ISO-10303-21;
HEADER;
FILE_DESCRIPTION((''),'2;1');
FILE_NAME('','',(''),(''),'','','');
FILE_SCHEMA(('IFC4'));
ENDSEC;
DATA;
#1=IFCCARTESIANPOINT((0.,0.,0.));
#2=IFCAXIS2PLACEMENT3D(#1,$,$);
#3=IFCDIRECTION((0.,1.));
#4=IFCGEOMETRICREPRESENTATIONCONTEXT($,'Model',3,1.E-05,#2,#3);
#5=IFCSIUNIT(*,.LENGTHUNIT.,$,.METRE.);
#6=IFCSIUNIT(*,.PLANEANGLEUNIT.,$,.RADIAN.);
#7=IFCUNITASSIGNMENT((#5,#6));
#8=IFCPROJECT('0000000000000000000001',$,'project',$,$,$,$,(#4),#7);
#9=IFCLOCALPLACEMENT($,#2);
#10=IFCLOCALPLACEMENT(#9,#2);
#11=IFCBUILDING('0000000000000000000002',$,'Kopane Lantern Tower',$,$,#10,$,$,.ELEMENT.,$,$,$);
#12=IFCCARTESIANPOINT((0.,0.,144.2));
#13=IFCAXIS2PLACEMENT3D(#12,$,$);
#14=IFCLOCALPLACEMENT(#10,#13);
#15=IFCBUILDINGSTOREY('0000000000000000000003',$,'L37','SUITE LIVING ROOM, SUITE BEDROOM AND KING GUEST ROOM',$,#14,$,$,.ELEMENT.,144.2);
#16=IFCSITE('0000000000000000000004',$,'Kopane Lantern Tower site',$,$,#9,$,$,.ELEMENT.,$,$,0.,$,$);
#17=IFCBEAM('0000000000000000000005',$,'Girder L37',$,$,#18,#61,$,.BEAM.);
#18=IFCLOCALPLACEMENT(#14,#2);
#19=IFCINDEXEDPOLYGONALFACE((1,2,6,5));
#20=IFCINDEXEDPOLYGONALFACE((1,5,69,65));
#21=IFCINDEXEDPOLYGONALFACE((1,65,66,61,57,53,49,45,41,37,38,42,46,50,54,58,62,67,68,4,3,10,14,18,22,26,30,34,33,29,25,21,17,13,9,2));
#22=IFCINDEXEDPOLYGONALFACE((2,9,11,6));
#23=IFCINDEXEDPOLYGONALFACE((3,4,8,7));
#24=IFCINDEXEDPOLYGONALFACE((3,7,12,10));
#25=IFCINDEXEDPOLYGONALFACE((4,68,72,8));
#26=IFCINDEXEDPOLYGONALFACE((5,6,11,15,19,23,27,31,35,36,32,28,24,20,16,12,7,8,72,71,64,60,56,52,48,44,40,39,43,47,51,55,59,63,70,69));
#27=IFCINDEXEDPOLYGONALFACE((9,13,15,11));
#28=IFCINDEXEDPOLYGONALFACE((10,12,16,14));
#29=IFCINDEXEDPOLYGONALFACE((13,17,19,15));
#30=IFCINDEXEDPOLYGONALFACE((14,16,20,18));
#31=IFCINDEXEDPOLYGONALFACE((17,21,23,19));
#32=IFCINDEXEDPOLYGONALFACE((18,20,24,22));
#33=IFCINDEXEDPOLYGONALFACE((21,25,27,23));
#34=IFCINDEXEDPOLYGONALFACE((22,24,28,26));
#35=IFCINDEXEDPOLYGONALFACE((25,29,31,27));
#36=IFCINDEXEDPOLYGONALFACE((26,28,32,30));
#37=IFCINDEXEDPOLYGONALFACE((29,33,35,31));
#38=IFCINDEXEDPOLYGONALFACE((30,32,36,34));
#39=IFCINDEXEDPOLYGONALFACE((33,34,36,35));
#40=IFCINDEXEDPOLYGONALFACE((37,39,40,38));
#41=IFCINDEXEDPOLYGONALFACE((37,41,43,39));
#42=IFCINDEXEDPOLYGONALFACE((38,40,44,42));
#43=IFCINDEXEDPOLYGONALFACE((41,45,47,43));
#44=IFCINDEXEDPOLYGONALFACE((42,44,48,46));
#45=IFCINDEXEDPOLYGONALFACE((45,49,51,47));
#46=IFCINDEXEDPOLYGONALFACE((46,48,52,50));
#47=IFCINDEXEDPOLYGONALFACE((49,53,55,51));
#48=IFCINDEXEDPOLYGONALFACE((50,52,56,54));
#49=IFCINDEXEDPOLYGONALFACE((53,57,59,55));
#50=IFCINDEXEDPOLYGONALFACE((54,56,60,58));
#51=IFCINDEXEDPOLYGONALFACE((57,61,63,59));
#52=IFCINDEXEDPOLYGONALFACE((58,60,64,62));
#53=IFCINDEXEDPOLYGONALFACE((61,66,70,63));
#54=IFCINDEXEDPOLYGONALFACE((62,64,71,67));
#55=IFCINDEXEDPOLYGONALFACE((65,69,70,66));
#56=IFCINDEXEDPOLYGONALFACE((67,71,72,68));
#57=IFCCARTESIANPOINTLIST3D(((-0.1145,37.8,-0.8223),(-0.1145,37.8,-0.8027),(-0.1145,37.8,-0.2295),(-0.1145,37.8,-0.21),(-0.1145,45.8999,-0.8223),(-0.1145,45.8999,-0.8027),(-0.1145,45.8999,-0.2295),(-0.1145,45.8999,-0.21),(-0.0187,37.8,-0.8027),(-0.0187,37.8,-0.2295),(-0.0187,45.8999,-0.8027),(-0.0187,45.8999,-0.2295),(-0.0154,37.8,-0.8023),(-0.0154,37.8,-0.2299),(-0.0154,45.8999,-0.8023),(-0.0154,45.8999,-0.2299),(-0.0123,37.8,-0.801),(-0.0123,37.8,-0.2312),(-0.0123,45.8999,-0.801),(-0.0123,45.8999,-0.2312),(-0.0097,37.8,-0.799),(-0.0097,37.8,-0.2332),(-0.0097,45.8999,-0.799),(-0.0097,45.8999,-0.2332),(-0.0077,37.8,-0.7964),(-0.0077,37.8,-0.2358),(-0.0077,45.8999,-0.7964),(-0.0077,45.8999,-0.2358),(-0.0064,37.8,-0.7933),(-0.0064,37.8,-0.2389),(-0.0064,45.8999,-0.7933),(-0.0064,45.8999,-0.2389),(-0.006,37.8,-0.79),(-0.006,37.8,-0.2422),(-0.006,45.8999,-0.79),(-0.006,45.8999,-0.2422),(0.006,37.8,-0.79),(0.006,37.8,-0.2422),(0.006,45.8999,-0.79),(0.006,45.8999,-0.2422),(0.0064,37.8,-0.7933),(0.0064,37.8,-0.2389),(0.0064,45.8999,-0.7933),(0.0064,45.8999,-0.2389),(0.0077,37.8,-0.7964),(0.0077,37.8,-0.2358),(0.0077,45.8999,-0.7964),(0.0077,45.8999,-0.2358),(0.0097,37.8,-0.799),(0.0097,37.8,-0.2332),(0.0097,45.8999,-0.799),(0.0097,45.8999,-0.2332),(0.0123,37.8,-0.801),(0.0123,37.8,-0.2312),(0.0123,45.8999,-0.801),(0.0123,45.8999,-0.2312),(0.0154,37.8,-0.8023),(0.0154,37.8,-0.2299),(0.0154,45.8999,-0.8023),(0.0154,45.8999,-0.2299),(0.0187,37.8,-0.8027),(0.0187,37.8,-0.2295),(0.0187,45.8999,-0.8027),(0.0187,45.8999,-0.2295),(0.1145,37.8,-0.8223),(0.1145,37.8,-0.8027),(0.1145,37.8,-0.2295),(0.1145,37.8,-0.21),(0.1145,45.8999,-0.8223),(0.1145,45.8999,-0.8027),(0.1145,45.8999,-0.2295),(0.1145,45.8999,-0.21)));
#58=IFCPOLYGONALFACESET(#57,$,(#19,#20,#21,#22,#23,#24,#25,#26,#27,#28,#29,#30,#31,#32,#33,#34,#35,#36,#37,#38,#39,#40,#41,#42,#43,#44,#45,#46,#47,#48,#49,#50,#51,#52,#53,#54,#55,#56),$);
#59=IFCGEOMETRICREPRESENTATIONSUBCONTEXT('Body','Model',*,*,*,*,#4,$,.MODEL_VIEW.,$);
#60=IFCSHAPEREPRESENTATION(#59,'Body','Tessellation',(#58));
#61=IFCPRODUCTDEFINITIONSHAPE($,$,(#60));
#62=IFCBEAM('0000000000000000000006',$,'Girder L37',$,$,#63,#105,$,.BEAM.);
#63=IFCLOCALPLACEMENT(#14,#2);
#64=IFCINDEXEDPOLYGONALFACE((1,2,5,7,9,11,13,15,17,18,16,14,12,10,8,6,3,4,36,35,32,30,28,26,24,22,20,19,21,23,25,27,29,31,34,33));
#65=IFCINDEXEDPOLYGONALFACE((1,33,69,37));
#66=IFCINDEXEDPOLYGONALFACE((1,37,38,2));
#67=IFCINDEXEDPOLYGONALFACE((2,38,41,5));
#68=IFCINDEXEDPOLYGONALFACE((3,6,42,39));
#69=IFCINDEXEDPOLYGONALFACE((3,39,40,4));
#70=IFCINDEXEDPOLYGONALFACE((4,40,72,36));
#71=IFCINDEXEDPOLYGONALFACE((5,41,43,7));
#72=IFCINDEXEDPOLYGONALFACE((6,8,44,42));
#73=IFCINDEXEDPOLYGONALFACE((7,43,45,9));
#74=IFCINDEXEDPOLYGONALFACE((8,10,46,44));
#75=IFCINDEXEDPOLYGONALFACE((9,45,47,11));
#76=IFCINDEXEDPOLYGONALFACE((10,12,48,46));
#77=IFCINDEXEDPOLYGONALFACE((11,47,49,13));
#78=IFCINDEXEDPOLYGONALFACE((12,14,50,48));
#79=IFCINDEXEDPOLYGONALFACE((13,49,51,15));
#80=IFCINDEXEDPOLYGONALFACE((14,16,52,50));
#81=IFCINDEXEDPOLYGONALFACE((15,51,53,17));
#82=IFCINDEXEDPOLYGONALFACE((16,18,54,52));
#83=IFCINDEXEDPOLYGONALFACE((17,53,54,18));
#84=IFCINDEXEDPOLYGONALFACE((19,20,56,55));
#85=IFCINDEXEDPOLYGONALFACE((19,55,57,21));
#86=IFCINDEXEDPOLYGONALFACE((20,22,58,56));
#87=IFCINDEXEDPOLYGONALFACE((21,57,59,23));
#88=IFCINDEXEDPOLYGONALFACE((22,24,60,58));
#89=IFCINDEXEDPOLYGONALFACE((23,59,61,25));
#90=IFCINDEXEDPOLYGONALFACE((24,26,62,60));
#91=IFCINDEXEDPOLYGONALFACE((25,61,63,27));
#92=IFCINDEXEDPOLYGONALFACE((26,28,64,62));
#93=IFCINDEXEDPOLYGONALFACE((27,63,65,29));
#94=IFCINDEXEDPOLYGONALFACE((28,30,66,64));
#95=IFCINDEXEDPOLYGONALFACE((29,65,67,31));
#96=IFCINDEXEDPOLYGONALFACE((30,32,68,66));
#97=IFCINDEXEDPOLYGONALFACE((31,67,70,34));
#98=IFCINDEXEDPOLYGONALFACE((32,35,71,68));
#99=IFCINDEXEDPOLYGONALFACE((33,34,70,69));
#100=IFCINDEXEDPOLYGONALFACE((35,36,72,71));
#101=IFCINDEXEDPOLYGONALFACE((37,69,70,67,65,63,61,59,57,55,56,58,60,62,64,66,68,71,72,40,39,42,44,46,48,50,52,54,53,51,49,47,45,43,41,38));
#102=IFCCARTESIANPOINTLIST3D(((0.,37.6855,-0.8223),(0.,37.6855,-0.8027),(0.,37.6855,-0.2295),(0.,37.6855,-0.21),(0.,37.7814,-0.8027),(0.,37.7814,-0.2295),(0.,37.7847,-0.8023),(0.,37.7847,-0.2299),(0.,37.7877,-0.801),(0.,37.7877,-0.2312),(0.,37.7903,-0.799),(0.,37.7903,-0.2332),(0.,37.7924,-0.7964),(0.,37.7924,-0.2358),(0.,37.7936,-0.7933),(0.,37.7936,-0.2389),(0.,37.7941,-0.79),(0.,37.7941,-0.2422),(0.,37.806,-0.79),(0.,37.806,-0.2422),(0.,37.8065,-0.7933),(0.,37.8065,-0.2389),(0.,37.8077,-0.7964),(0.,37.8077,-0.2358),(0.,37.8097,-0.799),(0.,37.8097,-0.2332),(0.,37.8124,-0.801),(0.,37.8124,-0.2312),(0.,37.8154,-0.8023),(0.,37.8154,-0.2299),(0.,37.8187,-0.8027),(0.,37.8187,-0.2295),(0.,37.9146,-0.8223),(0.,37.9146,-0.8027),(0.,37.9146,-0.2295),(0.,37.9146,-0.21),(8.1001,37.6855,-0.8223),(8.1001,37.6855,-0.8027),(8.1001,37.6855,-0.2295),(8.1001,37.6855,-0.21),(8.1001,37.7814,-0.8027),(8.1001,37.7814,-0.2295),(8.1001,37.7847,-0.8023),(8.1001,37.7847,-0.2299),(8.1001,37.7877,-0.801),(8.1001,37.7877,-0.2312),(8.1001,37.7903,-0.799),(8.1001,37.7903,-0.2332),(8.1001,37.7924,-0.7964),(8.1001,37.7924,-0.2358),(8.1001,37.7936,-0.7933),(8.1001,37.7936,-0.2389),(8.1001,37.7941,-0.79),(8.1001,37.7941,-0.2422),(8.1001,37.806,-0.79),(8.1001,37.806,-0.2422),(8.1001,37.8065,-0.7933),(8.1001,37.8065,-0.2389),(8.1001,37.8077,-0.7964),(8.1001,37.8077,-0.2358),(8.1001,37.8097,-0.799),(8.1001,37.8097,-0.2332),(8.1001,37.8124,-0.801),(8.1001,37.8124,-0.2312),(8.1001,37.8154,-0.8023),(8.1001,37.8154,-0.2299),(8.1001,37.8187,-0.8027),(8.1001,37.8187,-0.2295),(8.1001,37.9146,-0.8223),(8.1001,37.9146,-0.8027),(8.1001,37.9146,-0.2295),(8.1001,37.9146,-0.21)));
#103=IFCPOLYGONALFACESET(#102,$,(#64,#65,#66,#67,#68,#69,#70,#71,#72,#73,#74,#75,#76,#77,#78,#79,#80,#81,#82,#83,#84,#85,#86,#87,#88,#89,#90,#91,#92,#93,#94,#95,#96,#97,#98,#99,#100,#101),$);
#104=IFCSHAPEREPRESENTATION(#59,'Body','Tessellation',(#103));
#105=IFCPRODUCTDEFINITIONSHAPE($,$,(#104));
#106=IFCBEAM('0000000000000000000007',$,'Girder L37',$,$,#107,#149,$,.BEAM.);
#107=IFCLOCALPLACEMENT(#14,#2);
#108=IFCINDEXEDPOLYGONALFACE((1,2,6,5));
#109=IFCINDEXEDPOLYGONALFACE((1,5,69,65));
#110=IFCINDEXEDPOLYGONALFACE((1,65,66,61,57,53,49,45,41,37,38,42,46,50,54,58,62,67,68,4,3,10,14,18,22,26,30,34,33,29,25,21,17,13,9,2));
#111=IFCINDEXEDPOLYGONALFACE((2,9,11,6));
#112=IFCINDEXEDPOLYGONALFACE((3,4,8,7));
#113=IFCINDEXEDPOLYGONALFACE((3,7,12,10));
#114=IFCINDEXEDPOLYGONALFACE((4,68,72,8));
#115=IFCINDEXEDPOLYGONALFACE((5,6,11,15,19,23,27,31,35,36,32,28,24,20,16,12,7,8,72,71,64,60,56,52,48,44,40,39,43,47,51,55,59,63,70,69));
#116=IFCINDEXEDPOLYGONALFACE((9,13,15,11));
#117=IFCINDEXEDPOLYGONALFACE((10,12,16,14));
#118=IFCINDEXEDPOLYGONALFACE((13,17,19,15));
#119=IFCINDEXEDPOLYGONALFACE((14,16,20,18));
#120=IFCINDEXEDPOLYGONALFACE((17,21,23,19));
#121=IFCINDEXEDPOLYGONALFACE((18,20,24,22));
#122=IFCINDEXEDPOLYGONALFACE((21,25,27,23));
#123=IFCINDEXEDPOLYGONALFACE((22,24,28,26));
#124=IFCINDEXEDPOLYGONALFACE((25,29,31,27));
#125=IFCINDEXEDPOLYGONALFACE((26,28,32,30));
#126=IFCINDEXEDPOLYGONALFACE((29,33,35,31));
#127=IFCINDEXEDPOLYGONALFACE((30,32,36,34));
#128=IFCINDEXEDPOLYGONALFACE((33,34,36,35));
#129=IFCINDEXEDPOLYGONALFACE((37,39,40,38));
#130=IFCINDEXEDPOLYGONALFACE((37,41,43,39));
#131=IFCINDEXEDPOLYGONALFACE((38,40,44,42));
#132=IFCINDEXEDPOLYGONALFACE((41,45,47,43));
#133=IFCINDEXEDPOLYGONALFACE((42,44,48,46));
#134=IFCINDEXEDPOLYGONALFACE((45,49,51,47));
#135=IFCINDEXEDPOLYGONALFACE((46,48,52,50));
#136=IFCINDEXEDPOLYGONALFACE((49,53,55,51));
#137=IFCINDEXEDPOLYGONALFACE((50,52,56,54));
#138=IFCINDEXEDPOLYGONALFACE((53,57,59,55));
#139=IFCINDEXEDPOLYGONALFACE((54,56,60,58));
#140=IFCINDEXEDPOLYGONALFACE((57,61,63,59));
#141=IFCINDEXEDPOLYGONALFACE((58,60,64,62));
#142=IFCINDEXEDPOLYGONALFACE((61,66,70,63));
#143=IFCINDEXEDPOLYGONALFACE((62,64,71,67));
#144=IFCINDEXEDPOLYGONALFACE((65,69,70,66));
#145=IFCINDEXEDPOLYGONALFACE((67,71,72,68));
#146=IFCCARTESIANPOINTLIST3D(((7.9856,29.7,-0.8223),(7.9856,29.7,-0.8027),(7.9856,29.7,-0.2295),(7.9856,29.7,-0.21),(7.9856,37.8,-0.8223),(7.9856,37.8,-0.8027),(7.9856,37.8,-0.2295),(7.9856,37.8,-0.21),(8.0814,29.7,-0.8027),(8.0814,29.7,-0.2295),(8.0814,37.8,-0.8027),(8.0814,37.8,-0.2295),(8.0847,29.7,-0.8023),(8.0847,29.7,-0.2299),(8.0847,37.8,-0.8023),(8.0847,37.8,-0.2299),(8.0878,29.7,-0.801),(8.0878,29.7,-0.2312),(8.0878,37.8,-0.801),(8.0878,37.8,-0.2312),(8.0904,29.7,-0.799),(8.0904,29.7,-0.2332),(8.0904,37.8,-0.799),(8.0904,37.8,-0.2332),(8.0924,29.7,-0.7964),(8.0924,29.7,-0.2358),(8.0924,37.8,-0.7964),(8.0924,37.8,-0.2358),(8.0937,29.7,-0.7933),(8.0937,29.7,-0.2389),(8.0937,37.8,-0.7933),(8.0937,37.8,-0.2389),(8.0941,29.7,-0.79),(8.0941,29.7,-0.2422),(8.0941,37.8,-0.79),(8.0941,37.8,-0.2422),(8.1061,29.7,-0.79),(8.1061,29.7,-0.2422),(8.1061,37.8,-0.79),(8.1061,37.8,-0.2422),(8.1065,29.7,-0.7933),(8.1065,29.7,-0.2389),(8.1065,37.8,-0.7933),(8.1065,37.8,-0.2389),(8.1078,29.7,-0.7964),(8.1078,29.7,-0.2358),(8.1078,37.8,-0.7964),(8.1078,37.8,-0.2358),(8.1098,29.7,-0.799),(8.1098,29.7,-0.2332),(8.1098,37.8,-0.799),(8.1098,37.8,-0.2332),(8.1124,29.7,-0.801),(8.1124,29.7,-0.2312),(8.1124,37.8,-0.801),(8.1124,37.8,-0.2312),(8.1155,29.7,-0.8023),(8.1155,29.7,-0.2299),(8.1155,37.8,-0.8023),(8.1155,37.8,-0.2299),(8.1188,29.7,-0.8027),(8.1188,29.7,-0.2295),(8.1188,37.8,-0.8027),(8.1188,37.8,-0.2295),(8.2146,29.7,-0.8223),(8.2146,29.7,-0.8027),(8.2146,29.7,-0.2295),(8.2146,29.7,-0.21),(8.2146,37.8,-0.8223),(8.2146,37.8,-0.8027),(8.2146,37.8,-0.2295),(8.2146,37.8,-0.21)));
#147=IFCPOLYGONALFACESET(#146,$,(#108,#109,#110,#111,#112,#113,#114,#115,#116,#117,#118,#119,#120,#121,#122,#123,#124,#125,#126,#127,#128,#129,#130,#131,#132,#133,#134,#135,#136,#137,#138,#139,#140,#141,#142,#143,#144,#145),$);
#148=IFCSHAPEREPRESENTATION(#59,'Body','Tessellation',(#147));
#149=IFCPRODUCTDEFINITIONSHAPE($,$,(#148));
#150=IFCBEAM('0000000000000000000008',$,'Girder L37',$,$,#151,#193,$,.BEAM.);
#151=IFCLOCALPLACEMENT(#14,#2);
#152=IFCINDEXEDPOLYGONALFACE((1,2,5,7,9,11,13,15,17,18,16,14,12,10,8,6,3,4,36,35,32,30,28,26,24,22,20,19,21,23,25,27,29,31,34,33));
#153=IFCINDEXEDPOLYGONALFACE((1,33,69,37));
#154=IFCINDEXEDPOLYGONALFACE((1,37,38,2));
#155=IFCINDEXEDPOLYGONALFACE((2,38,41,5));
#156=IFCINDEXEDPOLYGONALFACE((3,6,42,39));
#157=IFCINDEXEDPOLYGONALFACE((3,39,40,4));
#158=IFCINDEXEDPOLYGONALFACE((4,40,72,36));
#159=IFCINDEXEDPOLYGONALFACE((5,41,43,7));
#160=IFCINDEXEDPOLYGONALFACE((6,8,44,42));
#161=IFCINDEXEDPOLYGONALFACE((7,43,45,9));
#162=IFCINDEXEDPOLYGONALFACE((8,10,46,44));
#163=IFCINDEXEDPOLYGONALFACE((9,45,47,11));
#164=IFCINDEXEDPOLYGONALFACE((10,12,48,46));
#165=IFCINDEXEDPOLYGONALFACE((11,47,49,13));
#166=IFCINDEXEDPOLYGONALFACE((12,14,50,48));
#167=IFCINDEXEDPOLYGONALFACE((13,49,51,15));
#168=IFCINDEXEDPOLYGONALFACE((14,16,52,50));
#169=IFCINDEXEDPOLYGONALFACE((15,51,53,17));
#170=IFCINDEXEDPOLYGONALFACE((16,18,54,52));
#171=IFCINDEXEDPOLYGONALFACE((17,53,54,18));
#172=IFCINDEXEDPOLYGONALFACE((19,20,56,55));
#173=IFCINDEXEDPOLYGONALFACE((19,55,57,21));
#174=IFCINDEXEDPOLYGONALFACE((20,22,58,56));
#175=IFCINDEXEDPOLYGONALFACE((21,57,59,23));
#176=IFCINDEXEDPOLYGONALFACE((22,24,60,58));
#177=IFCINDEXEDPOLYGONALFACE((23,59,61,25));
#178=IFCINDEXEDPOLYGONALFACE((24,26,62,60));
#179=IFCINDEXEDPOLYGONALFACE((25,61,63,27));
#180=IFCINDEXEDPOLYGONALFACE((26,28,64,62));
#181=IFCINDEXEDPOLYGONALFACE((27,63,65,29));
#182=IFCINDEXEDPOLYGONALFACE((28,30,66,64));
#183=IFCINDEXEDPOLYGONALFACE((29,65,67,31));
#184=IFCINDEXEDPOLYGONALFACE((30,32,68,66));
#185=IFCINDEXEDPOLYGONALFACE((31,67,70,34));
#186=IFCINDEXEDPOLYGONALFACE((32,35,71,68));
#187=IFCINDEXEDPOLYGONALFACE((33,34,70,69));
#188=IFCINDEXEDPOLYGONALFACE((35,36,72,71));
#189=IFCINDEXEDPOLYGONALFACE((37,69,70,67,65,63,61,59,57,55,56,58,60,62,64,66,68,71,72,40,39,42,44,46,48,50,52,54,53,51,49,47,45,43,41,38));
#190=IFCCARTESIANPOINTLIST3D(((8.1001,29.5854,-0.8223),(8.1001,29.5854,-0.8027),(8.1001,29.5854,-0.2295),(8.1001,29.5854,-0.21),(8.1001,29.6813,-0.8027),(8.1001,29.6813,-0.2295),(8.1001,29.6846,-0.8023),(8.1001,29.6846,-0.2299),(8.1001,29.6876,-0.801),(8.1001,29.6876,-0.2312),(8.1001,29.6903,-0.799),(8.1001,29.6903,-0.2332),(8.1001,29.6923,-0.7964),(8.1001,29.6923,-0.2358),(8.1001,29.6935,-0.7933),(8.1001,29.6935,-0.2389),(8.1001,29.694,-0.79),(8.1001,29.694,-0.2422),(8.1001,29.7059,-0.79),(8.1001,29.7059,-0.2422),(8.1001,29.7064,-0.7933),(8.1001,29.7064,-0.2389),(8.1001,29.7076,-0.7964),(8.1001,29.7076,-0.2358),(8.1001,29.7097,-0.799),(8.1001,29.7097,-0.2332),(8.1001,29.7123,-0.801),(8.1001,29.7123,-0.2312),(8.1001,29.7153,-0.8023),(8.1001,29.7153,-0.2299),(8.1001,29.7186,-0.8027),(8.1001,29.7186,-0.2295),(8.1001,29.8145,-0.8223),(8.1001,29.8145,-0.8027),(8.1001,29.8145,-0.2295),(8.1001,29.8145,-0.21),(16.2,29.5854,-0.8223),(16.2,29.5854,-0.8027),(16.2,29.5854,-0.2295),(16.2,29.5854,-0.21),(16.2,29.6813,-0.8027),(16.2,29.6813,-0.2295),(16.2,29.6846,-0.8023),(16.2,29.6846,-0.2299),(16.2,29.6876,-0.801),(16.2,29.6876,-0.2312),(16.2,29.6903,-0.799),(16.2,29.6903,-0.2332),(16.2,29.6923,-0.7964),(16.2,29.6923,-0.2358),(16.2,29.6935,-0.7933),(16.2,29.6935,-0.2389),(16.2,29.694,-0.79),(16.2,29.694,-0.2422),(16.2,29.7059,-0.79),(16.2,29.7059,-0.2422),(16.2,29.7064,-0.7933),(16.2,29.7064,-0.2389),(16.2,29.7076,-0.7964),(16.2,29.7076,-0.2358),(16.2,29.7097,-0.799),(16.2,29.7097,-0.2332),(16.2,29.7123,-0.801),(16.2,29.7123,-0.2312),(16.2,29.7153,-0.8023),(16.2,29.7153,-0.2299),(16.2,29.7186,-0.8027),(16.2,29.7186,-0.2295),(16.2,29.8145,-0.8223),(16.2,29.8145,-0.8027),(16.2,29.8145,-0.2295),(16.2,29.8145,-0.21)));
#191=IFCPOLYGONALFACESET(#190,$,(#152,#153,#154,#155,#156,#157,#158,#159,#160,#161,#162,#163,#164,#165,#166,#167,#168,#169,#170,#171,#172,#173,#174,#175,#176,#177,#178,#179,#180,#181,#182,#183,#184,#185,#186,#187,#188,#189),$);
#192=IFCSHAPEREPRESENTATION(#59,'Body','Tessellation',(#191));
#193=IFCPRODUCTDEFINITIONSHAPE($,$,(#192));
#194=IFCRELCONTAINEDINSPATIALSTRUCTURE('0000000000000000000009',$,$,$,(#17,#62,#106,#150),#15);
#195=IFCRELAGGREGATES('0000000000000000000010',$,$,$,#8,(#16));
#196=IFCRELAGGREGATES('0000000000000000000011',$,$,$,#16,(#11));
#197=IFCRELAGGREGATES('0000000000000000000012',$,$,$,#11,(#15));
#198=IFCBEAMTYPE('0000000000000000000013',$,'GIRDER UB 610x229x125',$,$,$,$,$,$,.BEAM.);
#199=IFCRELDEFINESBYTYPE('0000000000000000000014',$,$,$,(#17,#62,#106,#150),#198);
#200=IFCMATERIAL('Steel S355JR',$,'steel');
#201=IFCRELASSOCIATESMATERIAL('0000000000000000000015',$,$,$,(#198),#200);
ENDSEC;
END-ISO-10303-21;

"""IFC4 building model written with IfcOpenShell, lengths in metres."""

from ifc_helpers import new_model, si_unit, direction, frame, origin, origin_2d, place, context, subcontext, project, spatial, i_section, extrude, material, material_profile, profile_set, type_object, element, save


model = new_model("IFC4")

# Units and contexts
model_context = context("Model", 3, precision=1e-05, world=origin(), true_north=direction((0.0, 1.0)))
body_context = subcontext(model_context, "Body", "Model", "MODEL_VIEW")
ifc_project = project(units=[si_unit("LENGTHUNIT", "METRE"), si_unit("PLANEANGLEUNIT", "RADIAN")], contexts=[model_context])

# Site, building, storey
site_placement = place(None, origin())
site = spatial("IfcSite", under=ifc_project, at=site_placement, Name="Kopane Lantern Tower site", CompositionType="ELEMENT", RefElevation=0.0)
building_placement = place(site_placement, origin())
building = spatial("IfcBuilding", under=site, at=building_placement, Name="Kopane Lantern Tower", CompositionType="ELEMENT")
storey_placement = place(building_placement, frame((0.0, 0.0, 144.2)))
storey = spatial("IfcBuildingStorey", under=building, at=storey_placement, Name="L37", Description="SUITE LIVING ROOM, SUITE BEDROOM AND KING GUEST ROOM", CompositionType="ELEMENT", Elevation=144.2)

# Beams
ifc_material_1 = material(Name="Steel S355JR", Category="steel")
ifc_material_profile_1 = material_profile(ifc_material_1, i_section(OverallWidth=0.229, OverallDepth=0.6123, WebThickness=0.012, FlangeThickness=0.0195, FilletRadius=0.0127, at=origin_2d()), Name="UB 610x229x125")
ifc_profile_set_1 = profile_set([ifc_material_profile_1], Name="Steel S355JR")
beam_type = type_object("IfcBeamType", Name="GIRDER UB 610x229x125", PredefinedType="BEAM", material=ifc_profile_set_1)
beam_placement = place(storey_placement, frame((0.0, 37.8, -0.5161), z_axis=(0.0, 1.0, 0.0), x_axis=(-1.0, 0.0, 0.0)))
element("IfcBeam", 1, at=beam_placement, inside=storey, type_object=beam_type, Name="Girder L37", PredefinedType="BEAM", context=body_context, shape_type="SweptSolid", body=[
    extrude(i_section(OverallWidth=0.229, OverallDepth=0.6123, WebThickness=0.012, FlangeThickness=0.0195, FilletRadius=0.0127, at=origin_2d()), origin(), (0.0, 0.0, 1.0), 8.0999),
])
for number, where, z_axis, x_axis, name in (
    (2, (0.0, 37.8, -0.5161), (1.0, 0.0, 0.0), (0.0, 1.0, 0.0), "Girder L37"),
    (3, (8.1001, 29.7, -0.5161), (0.0, 1.0, 0.0), (-1.0, 0.0, 0.0), "Girder L37"),
):
    element("IfcBeam", number, at=place(storey_placement, frame(where, z_axis=z_axis, x_axis=x_axis)), inside=storey, type_object=beam_type, Name=name, PredefinedType="BEAM", context=body_context, shape_type="SweptSolid", body=[
        extrude(i_section(OverallWidth=0.229, OverallDepth=0.6123, WebThickness=0.012, FlangeThickness=0.0195, FilletRadius=0.0127, at=origin_2d()), origin(), (0.0, 0.0, 1.0), 8.1001),
    ])
for number, where, z_axis, x_axis, name in (
    (4, (8.1001, 29.7, -0.5161), (1.0, 0.0, 0.0), (0.0, 1.0, 0.0), "Girder L37"),
):
    element("IfcBeam", number, at=place(storey_placement, frame(where, z_axis=z_axis, x_axis=x_axis)), inside=storey, type_object=beam_type, Name=name, PredefinedType="BEAM", context=body_context, shape_type="SweptSolid", body=[
        extrude(i_section(OverallWidth=0.229, OverallDepth=0.6123, WebThickness=0.012, FlangeThickness=0.0195, FilletRadius=0.0127, at=origin_2d()), origin(), (0.0, 0.0, 1.0), 8.0999),
    ])

save(model, "model.ifc")
